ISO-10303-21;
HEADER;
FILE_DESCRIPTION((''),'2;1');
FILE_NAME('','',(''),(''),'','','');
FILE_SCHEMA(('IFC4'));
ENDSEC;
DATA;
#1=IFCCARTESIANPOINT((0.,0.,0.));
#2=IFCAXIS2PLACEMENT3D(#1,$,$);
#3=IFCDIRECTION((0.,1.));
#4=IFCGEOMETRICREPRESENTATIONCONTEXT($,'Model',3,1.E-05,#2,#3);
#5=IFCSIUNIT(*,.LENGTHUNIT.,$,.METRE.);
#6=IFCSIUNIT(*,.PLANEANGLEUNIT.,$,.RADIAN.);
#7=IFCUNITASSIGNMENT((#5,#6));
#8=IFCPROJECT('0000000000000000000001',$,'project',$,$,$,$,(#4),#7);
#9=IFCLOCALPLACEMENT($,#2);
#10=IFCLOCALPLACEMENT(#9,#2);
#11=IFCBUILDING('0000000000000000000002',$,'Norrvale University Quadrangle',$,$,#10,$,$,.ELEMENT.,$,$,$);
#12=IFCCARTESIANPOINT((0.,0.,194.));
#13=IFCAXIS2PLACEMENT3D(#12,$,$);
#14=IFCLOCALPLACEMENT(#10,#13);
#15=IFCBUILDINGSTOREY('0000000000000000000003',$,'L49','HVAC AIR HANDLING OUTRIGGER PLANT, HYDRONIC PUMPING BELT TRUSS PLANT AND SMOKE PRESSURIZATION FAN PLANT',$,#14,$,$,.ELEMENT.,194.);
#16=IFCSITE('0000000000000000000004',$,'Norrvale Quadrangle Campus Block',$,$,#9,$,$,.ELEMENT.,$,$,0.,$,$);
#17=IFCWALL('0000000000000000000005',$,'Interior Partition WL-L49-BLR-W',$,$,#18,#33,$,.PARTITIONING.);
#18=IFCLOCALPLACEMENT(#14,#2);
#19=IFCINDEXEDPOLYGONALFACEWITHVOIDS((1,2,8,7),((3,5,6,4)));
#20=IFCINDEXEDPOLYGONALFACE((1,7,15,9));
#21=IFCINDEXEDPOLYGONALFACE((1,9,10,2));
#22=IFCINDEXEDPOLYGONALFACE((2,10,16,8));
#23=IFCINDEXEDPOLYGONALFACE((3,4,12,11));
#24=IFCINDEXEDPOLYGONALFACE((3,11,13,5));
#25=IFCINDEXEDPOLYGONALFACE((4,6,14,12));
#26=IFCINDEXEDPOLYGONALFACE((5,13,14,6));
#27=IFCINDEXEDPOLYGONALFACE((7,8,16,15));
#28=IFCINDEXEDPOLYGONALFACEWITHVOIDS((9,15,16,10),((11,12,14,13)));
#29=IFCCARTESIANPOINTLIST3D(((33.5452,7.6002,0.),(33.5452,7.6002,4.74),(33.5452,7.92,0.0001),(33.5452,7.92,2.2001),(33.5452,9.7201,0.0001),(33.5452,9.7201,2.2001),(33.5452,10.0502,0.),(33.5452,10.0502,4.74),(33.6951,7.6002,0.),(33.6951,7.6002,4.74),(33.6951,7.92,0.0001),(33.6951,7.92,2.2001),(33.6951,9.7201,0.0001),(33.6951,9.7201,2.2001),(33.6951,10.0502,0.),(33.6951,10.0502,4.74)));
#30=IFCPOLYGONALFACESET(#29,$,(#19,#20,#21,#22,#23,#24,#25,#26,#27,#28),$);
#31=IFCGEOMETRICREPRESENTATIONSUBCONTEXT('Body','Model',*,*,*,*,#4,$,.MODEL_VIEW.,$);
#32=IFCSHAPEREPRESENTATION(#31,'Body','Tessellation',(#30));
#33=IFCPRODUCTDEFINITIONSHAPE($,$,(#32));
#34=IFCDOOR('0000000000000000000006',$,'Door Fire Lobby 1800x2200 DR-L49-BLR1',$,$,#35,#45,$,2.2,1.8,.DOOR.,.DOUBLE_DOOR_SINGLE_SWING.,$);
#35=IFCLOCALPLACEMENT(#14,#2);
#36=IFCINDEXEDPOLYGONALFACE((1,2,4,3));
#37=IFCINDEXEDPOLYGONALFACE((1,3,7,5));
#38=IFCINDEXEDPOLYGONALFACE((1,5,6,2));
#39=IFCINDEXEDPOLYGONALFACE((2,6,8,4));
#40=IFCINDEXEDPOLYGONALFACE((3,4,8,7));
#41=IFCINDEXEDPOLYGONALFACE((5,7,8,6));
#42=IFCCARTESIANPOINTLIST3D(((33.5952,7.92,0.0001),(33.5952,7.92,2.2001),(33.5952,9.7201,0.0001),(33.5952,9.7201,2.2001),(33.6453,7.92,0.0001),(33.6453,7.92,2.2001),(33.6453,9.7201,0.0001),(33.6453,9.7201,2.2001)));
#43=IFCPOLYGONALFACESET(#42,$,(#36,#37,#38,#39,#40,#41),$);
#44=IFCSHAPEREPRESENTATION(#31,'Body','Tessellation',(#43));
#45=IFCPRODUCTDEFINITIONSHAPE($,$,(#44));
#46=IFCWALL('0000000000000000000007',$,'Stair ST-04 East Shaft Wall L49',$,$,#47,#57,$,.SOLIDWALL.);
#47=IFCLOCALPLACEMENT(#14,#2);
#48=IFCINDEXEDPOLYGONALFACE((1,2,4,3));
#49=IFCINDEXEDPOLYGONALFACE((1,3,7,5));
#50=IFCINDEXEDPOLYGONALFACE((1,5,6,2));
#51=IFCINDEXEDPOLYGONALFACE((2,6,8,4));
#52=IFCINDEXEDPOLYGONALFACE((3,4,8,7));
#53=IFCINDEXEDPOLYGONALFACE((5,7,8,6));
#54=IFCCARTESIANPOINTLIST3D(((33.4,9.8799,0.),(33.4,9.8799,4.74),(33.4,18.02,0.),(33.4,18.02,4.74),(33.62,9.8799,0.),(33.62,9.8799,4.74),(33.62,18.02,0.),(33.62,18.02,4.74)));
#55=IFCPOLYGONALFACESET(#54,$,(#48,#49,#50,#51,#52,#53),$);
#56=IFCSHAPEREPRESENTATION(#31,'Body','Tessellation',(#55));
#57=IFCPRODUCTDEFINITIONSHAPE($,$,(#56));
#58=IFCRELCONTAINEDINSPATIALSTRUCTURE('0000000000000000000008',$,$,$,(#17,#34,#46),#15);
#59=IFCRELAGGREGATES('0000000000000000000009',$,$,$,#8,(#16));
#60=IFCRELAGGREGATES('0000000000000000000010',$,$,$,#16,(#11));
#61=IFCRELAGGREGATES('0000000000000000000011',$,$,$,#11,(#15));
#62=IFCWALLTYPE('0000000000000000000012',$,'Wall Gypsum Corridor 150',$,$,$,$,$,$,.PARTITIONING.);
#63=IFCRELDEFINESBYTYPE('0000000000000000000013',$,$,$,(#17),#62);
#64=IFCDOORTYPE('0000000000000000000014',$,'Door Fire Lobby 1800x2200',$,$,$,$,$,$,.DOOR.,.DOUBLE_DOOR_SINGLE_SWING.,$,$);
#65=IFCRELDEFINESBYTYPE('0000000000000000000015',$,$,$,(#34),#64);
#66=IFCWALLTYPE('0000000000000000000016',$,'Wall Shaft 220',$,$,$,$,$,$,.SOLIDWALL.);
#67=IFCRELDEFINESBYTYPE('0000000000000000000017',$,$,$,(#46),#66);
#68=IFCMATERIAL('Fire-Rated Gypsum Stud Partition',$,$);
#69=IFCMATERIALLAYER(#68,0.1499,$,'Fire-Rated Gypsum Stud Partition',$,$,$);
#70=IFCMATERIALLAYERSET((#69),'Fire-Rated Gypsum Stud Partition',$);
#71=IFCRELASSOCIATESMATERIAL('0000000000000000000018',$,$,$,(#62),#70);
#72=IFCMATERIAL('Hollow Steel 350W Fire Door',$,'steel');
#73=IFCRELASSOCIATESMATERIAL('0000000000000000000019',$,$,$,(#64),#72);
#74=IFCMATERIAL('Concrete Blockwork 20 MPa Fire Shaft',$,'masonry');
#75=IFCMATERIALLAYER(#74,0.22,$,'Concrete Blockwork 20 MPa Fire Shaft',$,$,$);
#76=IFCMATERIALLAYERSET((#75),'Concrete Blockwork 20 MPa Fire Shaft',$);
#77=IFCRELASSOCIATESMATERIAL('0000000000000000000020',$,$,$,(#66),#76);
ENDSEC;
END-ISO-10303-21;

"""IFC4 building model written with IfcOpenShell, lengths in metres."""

from ifc_helpers import new_model, si_unit, direction, frame, frame_2d, origin, place, context, subcontext, project, spatial, rectangle, extrude, material, layer, layer_set, type_object, element, fill, save


model = new_model("IFC4")

# Units and contexts
model_context = context("Model", 3, precision=1e-05, world=origin(), true_north=direction((0.0, 1.0)))
body_context = subcontext(model_context, "Body", "Model", "MODEL_VIEW")
ifc_project = project(units=[si_unit("LENGTHUNIT", "METRE"), si_unit("PLANEANGLEUNIT", "RADIAN")], contexts=[model_context])

# Site, building, storey
site_placement = place(None, origin())
site = spatial("IfcSite", under=ifc_project, at=site_placement, Name="Norrvale Quadrangle Campus Block", CompositionType="ELEMENT", RefElevation=0.0)
building_placement = place(site_placement, origin())
building = spatial("IfcBuilding", under=site, at=building_placement, Name="Norrvale University Quadrangle", CompositionType="ELEMENT")
storey_placement = place(building_placement, frame((0.0, 0.0, 194.0)))
storey = spatial("IfcBuildingStorey", under=building, at=storey_placement, Name="L49", Description="HVAC AIR HANDLING OUTRIGGER PLANT, HYDRONIC PUMPING BELT TRUSS PLANT AND SMOKE PRESSURIZATION FAN PLANT", CompositionType="ELEMENT", Elevation=194.0)

# Wall, opening, door
ifc_material_1 = material(Name="Fire-Rated Gypsum Stud Partition")
ifc_layer_1 = layer(ifc_material_1, 0.1499, Name="Fire-Rated Gypsum Stud Partition")
ifc_layer_set_1 = layer_set([ifc_layer_1], Name="Fire-Rated Gypsum Stud Partition")
wall_type_1 = type_object("IfcWallType", Name="Wall Gypsum Corridor 150", PredefinedType="PARTITIONING", material=ifc_layer_set_1)
wall_1_placement = place(storey_placement, frame((33.6201, 7.6001, 0.0), z_axis=(0.0, 0.0, 1.0), x_axis=(0.0, 1.0, 0.0)))
wall_1 = element("IfcWall", 1, at=wall_1_placement, inside=storey, type_object=wall_type_1, Name="Interior Partition WL-L49-BLR-W", PredefinedType="PARTITIONING", context=body_context, shape_type="SweptSolid", body=[
    extrude(rectangle(XDim=2.45, YDim=0.1499, at=frame_2d((1.2251, 0.0))), origin(), (0.0, 0.0, 1.0), 4.74),
])
opening_placement = place(wall_1_placement, frame((0.3201, 0.0, 0.0)))
opening = element("IfcOpeningElement", 2, at=opening_placement, cuts=wall_1, PredefinedType="OPENING", context=body_context, shape_type="SweptSolid", body=[
    extrude(rectangle(XDim=1.8, YDim=2.2, at=frame_2d((0.8999, 1.1001))), frame((0.0, 0.0869, 0.0), z_axis=(0.0, -1.0, 0.0), x_axis=(1.0, 0.0, 0.0)), (0.0, 0.0, 1.0), 0.1738),
])
ifc_material_2 = material(Name="Hollow Steel 350W Fire Door", Category="steel")
door_type = type_object("IfcDoorType", Name="Door Fire Lobby 1800x2200", OperationType="DOUBLE_DOOR_SINGLE_SWING", PredefinedType="DOOR", material=ifc_material_2)
door_placement = place(opening_placement, origin())
door = element("IfcDoor", 3, at=door_placement, inside=storey, type_object=door_type, Name="Door Fire Lobby 1800x2200 DR-L49-BLR1", OperationType="DOUBLE_DOOR_SINGLE_SWING", OverallHeight=2.2, OverallWidth=1.8, PredefinedType="DOOR", context=body_context, shape_type="SweptSolid", body=[
    extrude(rectangle(XDim=1.8, YDim=2.2, at=frame_2d((0.8999, 1.1001))), frame((0.0, 0.0249, 0.0), z_axis=(0.0, -1.0, 0.0), x_axis=(1.0, 0.0, 0.0)), (0.0, 0.0, 1.0), 0.05),
])
fill(opening, door)

# Wall
ifc_material_3 = material(Name="Concrete Blockwork 20 MPa Fire Shaft", Category="masonry")
ifc_layer_2 = layer(ifc_material_3, 0.22, Name="Concrete Blockwork 20 MPa Fire Shaft")
ifc_layer_set_2 = layer_set([ifc_layer_2], Name="Concrete Blockwork 20 MPa Fire Shaft")
wall_type_2 = type_object("IfcWallType", Name="Wall Shaft 220", PredefinedType="SOLIDWALL", material=ifc_layer_set_2)
wall_2_placement = place(storey_placement, frame((33.51, 9.8799, 0.0), z_axis=(0.0, 0.0, 1.0), x_axis=(0.0, 1.0, 0.0)))
element("IfcWall", 4, at=wall_2_placement, inside=storey, type_object=wall_type_2, Name="Stair ST-04 East Shaft Wall L49", PredefinedType="SOLIDWALL", context=body_context, shape_type="SweptSolid", body=[
    extrude(rectangle(XDim=8.1401, YDim=0.22, at=frame_2d((4.0701, 0.0))), origin(), (0.0, 0.0, 1.0), 4.74),
])

save(model, "model.ifc")
